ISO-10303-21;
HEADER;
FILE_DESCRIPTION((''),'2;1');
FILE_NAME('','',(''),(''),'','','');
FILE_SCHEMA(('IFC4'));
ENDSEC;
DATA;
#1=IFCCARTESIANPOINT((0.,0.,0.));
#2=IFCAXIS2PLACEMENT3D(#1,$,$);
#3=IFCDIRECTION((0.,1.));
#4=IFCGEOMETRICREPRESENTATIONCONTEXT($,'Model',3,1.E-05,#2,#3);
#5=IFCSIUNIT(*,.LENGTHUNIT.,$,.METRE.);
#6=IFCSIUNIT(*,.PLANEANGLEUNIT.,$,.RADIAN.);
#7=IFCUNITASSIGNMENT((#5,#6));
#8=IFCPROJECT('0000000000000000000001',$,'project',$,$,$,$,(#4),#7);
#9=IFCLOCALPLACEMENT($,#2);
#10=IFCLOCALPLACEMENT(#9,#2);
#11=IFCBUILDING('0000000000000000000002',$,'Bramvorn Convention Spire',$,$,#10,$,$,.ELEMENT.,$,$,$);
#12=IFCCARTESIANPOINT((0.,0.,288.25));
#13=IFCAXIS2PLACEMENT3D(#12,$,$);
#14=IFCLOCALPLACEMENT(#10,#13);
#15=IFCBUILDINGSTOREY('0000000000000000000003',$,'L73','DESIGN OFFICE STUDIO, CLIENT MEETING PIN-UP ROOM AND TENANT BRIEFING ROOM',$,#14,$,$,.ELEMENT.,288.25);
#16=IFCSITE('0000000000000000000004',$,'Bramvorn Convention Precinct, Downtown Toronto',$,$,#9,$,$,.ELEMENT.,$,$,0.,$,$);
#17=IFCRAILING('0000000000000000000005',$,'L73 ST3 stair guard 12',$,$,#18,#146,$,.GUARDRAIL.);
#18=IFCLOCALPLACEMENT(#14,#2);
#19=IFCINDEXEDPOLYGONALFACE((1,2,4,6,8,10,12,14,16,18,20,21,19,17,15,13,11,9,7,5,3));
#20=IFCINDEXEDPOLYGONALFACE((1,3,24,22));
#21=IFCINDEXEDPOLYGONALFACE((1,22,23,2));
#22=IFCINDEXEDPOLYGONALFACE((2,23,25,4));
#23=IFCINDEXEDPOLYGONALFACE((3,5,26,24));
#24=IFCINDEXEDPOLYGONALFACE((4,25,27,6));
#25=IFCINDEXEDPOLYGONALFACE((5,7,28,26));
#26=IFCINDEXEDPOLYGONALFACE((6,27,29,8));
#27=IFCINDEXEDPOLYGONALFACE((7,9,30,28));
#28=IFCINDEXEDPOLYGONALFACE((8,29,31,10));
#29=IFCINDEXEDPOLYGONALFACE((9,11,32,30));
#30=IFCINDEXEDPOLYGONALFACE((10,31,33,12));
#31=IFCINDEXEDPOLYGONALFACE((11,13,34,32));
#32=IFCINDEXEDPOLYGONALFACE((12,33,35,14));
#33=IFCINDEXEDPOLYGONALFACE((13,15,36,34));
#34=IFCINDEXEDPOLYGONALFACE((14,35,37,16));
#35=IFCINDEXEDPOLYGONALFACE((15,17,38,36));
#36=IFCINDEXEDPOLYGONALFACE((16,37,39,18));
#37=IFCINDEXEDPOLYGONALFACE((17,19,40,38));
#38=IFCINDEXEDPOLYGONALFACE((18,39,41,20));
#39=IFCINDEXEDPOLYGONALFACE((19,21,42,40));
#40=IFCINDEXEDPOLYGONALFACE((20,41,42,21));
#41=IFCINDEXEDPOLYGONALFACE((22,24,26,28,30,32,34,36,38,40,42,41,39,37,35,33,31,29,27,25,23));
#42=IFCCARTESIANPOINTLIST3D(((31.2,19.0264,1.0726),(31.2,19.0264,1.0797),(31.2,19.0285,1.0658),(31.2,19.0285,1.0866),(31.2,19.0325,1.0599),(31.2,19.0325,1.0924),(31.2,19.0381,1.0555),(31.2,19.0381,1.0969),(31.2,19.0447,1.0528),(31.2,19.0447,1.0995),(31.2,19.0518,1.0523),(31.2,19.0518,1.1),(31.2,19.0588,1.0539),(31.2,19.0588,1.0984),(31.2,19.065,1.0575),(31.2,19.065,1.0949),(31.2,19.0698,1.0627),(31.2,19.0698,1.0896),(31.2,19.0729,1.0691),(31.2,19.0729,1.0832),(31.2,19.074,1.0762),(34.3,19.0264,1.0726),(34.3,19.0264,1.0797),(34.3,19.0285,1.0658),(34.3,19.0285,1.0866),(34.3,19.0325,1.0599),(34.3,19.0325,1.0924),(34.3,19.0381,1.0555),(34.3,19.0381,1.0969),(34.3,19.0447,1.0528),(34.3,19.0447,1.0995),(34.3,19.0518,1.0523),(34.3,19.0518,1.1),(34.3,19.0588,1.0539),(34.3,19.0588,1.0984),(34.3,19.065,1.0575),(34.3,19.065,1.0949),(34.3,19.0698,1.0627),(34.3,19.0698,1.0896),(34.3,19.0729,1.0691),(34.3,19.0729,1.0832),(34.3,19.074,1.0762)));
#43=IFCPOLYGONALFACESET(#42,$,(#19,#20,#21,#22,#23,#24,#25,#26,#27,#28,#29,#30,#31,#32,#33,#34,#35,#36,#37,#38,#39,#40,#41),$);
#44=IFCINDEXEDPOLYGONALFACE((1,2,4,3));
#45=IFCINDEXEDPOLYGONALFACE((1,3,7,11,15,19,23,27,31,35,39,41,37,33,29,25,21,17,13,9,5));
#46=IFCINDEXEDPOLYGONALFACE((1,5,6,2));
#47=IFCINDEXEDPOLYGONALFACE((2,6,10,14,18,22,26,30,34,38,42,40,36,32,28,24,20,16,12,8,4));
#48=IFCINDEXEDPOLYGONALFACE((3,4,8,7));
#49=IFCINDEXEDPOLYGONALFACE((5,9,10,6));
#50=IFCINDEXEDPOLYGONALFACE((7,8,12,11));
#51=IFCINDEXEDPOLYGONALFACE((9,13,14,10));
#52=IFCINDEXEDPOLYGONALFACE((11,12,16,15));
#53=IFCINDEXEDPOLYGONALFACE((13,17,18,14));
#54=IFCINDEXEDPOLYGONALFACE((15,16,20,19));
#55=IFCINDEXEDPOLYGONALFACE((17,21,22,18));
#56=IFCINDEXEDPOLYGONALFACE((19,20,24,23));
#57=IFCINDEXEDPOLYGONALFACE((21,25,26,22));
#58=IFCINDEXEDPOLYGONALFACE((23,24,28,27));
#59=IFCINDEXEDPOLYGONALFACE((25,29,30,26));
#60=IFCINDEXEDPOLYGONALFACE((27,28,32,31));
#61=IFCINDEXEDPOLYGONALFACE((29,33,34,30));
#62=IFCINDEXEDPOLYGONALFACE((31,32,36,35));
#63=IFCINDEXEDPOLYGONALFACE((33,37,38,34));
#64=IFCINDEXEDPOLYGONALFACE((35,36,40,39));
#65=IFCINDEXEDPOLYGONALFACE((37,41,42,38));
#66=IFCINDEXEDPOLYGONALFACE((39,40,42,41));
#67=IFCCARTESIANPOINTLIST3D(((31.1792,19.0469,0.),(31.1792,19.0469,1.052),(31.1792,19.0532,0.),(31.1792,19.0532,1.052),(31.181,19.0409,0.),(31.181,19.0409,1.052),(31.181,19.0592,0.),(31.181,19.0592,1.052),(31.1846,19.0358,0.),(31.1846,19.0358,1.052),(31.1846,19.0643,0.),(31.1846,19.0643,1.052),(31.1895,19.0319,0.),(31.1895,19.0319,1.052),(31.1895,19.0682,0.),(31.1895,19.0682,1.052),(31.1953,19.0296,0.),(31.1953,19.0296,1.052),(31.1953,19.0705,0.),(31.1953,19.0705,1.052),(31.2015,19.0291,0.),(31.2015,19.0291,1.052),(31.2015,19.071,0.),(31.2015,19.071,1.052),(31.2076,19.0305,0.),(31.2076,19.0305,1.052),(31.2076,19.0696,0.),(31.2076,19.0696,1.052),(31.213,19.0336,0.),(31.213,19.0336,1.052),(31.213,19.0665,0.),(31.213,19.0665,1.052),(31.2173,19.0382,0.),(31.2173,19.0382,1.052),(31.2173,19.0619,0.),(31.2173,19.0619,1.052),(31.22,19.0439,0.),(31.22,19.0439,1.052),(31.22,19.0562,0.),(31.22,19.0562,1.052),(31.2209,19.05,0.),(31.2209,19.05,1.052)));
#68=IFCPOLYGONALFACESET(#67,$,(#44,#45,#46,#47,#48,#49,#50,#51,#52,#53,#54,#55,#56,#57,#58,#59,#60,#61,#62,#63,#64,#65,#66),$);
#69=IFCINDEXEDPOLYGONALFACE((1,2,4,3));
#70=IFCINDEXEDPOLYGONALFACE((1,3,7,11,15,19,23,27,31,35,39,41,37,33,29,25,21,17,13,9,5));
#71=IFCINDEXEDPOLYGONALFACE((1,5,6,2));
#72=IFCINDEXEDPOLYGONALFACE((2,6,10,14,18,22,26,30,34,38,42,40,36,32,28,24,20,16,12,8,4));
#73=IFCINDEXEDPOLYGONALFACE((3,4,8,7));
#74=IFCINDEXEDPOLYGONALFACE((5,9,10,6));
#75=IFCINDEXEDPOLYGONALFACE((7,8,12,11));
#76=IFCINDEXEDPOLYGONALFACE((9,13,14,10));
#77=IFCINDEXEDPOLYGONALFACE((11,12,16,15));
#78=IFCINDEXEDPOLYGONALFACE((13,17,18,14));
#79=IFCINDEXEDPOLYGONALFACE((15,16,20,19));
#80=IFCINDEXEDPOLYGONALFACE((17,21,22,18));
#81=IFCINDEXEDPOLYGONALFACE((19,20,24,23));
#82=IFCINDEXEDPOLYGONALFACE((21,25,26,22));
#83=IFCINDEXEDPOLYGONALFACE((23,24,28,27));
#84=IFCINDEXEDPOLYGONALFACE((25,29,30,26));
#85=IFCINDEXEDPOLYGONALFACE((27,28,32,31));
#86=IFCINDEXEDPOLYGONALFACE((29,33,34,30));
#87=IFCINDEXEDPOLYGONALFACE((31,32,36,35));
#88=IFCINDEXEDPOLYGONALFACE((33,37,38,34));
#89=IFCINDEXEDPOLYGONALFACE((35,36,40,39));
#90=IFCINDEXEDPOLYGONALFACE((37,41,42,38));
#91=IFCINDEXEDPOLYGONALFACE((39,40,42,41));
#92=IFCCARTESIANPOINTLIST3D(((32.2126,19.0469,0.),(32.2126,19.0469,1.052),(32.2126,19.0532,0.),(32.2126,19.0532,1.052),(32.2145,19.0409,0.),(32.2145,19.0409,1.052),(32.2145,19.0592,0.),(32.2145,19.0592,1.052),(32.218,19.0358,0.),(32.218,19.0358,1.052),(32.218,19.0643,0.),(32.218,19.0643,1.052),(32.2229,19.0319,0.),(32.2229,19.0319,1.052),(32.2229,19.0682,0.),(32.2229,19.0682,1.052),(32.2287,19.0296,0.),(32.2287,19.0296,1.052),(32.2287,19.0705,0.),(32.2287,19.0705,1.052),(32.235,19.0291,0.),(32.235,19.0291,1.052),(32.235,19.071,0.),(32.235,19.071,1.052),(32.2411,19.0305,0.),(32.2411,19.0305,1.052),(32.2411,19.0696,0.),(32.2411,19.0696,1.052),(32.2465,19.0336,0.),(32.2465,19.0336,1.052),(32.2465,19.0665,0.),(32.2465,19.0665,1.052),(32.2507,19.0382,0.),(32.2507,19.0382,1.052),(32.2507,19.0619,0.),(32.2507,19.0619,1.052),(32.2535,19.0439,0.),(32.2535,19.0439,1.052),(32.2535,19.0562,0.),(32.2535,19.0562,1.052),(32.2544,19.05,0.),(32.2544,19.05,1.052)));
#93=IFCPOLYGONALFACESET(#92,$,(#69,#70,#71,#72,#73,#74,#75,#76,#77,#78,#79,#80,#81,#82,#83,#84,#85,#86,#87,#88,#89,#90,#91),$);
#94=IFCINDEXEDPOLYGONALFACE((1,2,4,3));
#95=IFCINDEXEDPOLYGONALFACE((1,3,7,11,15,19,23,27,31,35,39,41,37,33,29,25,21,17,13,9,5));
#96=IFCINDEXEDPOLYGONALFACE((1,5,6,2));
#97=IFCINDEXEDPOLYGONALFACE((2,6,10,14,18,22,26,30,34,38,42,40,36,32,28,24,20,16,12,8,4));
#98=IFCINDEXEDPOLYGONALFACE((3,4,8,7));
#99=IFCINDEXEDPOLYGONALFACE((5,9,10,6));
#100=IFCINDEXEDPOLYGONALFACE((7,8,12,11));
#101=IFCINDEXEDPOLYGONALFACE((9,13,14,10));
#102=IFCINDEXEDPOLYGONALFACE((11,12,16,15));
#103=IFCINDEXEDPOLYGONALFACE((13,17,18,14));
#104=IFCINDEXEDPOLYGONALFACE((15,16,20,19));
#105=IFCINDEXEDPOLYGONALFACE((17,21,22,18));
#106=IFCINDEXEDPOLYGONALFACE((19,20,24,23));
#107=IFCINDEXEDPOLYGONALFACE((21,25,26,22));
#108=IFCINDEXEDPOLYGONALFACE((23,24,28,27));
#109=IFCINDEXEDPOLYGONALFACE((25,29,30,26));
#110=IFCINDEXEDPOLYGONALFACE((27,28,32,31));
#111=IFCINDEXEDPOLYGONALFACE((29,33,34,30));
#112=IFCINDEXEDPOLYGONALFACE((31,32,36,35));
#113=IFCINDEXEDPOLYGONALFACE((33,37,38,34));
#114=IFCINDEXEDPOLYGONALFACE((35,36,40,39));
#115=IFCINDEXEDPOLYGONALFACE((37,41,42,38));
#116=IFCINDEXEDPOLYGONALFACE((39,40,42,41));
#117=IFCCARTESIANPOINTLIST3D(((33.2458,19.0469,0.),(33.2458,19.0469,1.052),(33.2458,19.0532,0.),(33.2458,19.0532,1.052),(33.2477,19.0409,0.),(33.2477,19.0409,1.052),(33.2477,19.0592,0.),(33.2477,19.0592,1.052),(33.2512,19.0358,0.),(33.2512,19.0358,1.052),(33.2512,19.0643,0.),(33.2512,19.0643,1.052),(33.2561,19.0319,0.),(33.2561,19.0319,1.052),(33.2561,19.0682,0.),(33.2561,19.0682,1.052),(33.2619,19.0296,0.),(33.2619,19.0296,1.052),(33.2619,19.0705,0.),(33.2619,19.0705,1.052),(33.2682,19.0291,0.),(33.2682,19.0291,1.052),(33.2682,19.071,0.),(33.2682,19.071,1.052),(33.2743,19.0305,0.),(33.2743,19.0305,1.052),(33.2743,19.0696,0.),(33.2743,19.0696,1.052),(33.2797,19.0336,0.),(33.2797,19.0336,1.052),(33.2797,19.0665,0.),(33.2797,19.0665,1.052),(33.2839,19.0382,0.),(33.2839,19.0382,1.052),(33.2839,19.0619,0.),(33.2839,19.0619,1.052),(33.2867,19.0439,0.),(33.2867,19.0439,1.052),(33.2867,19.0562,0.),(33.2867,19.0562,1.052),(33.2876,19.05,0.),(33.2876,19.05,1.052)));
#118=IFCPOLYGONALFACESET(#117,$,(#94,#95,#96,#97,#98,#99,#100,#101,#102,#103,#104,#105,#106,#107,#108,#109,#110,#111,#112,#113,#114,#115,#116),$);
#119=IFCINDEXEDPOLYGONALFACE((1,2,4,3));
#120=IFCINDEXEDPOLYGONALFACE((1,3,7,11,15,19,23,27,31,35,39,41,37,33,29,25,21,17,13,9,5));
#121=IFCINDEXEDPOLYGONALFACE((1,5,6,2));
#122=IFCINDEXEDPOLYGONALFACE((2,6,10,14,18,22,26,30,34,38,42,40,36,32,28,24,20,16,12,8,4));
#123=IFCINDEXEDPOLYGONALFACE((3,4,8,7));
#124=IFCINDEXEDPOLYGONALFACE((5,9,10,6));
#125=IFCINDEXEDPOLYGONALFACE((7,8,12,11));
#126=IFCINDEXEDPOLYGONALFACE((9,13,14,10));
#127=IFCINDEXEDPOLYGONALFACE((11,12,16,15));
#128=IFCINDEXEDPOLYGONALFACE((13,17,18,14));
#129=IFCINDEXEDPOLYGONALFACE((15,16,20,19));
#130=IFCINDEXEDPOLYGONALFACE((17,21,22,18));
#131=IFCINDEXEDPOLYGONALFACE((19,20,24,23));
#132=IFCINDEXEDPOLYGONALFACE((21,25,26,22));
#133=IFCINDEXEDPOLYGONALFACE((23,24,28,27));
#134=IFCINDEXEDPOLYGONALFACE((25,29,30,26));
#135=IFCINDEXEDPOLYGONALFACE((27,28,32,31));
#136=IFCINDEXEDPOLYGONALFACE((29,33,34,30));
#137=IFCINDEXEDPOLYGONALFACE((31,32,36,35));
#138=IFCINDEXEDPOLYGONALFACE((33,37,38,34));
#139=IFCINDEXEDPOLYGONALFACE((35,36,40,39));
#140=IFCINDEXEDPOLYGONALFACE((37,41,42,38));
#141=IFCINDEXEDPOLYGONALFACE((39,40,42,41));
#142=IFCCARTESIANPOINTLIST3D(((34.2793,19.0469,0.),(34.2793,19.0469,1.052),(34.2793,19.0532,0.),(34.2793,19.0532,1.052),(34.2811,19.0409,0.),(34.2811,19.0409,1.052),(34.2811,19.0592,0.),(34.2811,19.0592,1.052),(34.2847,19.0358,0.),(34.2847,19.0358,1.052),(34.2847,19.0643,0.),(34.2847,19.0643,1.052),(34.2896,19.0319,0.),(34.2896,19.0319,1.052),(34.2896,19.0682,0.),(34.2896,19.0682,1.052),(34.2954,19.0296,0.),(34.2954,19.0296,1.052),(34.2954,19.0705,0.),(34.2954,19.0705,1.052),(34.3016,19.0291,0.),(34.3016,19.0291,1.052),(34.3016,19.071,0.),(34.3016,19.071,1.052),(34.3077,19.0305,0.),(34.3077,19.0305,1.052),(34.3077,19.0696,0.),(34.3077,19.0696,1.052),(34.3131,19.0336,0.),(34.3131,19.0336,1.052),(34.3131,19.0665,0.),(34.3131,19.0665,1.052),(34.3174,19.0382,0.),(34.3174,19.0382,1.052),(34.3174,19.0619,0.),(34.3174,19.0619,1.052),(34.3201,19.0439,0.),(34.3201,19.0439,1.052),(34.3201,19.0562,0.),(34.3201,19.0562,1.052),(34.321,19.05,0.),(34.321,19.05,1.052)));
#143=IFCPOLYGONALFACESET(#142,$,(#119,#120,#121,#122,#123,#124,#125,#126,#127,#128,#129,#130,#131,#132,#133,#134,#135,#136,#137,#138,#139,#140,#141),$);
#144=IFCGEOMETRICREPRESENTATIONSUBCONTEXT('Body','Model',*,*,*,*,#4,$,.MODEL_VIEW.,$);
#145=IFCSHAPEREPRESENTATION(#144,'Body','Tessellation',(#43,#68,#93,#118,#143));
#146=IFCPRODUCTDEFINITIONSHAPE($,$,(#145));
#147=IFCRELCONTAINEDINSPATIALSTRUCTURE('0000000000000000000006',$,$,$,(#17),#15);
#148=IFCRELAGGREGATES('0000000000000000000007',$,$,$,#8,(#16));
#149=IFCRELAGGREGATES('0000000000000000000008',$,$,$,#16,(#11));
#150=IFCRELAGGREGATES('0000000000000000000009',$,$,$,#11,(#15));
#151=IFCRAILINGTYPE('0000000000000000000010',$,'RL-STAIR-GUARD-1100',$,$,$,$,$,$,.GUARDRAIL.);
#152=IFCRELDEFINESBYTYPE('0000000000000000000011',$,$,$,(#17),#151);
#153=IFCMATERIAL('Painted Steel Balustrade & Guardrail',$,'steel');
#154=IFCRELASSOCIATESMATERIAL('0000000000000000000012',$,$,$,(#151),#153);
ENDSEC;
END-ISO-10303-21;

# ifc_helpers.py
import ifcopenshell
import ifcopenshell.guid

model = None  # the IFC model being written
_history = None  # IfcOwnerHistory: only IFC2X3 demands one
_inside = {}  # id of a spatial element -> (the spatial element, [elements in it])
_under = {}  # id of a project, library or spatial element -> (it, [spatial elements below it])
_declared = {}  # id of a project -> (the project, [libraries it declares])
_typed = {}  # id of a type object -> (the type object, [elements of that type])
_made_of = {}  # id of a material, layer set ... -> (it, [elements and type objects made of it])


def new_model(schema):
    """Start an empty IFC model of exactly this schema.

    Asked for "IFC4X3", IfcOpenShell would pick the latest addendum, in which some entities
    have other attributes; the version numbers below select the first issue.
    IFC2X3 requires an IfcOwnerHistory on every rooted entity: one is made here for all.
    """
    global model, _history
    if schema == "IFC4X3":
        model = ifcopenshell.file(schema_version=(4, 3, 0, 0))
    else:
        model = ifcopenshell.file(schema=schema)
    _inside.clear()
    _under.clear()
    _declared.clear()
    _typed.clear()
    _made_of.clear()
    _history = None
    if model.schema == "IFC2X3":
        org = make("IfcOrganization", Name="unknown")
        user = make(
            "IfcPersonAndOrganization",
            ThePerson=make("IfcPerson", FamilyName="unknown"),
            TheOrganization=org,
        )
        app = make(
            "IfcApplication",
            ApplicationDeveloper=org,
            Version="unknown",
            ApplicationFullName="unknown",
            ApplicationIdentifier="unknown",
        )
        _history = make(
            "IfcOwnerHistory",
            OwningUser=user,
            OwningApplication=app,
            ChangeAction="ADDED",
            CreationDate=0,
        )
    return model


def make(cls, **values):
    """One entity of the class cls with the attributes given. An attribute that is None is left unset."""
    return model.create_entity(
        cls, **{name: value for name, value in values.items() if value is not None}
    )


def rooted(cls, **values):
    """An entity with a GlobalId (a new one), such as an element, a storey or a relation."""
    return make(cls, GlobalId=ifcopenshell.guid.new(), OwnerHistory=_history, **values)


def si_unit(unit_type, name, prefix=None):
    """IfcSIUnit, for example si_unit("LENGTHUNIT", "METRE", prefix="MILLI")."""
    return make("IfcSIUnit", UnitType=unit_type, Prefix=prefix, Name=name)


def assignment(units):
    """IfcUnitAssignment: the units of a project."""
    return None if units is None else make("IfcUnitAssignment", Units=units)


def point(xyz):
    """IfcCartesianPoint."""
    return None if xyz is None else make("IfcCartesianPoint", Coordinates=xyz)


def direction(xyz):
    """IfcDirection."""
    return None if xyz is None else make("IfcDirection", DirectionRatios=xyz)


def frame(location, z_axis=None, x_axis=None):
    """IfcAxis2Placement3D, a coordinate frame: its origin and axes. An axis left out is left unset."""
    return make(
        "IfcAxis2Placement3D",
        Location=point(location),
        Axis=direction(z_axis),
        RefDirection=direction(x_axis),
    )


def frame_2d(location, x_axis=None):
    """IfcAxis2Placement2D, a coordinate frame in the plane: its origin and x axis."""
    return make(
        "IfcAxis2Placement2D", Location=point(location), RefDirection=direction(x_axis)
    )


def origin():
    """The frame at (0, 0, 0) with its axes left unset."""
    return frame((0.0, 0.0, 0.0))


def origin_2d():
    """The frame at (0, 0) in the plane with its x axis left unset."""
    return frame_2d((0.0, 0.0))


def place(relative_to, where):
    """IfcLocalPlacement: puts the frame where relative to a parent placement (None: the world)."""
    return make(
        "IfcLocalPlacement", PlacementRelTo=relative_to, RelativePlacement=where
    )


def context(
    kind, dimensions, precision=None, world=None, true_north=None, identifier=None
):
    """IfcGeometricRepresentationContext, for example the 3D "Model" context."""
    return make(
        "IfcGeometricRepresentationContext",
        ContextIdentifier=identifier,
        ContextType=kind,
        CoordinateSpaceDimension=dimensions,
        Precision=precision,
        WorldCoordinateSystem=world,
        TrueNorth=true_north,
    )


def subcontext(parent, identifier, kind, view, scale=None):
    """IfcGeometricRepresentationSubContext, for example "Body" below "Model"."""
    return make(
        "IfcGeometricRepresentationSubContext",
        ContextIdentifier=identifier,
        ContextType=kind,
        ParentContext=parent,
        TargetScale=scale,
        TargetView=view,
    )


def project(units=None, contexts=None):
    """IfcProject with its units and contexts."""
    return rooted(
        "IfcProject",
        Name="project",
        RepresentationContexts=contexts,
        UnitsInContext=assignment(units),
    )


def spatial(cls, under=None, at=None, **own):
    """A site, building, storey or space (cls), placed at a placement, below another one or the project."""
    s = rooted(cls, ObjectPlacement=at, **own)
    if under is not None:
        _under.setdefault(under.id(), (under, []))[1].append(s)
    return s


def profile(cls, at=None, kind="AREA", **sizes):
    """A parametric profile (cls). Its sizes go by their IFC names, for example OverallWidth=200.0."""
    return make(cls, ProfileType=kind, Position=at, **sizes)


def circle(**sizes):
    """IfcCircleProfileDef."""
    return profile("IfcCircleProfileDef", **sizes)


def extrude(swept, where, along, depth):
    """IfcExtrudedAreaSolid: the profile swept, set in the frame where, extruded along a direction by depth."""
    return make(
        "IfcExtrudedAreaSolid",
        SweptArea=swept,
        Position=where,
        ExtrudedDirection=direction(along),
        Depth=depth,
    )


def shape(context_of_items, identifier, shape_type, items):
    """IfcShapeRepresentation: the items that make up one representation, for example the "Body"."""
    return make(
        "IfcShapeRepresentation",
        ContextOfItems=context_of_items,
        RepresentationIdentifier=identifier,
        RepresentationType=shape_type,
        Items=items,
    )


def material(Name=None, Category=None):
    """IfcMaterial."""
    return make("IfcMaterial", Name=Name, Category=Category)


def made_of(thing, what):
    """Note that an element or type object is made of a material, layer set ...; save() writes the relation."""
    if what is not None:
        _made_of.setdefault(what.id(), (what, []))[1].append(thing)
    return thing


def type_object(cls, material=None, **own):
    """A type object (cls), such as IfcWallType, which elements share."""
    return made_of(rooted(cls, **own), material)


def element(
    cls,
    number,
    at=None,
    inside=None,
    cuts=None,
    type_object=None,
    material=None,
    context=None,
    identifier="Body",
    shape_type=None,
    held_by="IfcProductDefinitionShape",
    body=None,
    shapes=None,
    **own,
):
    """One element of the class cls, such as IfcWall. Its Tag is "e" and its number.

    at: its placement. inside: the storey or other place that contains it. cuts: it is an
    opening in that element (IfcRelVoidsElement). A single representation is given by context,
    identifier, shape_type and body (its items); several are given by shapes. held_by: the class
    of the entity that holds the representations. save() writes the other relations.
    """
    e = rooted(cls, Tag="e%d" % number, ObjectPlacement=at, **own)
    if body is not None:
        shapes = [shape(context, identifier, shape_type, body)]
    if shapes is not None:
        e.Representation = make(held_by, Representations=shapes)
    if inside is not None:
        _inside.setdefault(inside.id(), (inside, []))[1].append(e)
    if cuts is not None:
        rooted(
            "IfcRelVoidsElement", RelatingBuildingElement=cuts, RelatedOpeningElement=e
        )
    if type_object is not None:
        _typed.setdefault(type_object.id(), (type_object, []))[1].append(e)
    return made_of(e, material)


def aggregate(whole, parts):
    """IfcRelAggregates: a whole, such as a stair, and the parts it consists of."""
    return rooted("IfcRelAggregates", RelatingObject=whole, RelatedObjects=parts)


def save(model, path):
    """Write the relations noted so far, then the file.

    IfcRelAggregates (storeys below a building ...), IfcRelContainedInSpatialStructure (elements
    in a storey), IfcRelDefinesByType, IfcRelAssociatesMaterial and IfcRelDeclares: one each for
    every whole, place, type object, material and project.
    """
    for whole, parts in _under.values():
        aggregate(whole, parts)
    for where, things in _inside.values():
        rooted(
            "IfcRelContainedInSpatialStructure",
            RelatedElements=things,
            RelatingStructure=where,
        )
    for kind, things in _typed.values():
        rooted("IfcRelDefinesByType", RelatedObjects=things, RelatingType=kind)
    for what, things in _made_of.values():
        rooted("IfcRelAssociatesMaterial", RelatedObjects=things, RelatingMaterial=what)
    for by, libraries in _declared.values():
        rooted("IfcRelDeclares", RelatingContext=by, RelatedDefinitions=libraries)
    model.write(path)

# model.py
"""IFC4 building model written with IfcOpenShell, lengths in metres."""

from ifc_helpers import new_model, si_unit, direction, frame, origin, origin_2d, place, context, subcontext, project, spatial, circle, extrude, material, type_object, element, save


model = new_model("IFC4")

# Units and contexts
model_context = context("Model", 3, precision=1e-05, world=origin(), true_north=direction((0.0, 1.0)))
body_context = subcontext(model_context, "Body", "Model", "MODEL_VIEW")
ifc_project = project(units=[si_unit("LENGTHUNIT", "METRE"), si_unit("PLANEANGLEUNIT", "RADIAN")], contexts=[model_context])

# Site, building, storey
site_placement = place(None, origin())
site = spatial("IfcSite", under=ifc_project, at=site_placement, Name="Bramvorn Convention Precinct, Downtown Toronto", CompositionType="ELEMENT", RefElevation=0.0)
building_placement = place(site_placement, origin())
building = spatial("IfcBuilding", under=site, at=building_placement, Name="Bramvorn Convention Spire", CompositionType="ELEMENT")
storey_placement = place(building_placement, frame((0.0, 0.0, 288.25)))
storey = spatial("IfcBuildingStorey", under=building, at=storey_placement, Name="L73", Description="DESIGN OFFICE STUDIO, CLIENT MEETING PIN-UP ROOM AND TENANT BRIEFING ROOM", CompositionType="ELEMENT", Elevation=288.25)

# Railing
ifc_material_1 = material(Name="Painted Steel Balustrade & Guardrail", Category="steel")
railing_type_1 = type_object("IfcRailingType", Name="RL-STAIR-GUARD-1100", PredefinedType="GUARDRAIL", material=ifc_material_1)
railing_1_placement = place(storey_placement, frame((31.2, 19.05, 0.0)))
element("IfcRailing", 1, at=railing_1_placement, inside=storey, type_object=railing_type_1, Name="L73 ST3 stair guard 12", PredefinedType="GUARDRAIL", context=body_context, shape_type="SweptSolid", body=[
    extrude(circle(Radius=0.0239, at=origin_2d()), frame((0.0, 0.0, 1.0762), z_axis=(1.0, 0.0, 0.0), x_axis=(0.0, 1.0, 0.0)), (0.0, 0.0, 1.0), 3.1001),
    extrude(circle(Radius=0.021, at=origin_2d()), origin(), (0.0, 0.0, 1.0), 1.052),
    extrude(circle(Radius=0.021, at=origin_2d()), frame((1.0334, 0.0, 0.0)), (0.0, 0.0, 1.0), 1.052),
    extrude(circle(Radius=0.021, at=origin_2d()), frame((2.0667, 0.0, 0.0)), (0.0, 0.0, 1.0), 1.052),
    extrude(circle(Radius=0.021, at=origin_2d()), frame((3.1001, 0.0, 0.0)), (0.0, 0.0, 1.0), 1.052),
])

save(model, "model.ifc")
